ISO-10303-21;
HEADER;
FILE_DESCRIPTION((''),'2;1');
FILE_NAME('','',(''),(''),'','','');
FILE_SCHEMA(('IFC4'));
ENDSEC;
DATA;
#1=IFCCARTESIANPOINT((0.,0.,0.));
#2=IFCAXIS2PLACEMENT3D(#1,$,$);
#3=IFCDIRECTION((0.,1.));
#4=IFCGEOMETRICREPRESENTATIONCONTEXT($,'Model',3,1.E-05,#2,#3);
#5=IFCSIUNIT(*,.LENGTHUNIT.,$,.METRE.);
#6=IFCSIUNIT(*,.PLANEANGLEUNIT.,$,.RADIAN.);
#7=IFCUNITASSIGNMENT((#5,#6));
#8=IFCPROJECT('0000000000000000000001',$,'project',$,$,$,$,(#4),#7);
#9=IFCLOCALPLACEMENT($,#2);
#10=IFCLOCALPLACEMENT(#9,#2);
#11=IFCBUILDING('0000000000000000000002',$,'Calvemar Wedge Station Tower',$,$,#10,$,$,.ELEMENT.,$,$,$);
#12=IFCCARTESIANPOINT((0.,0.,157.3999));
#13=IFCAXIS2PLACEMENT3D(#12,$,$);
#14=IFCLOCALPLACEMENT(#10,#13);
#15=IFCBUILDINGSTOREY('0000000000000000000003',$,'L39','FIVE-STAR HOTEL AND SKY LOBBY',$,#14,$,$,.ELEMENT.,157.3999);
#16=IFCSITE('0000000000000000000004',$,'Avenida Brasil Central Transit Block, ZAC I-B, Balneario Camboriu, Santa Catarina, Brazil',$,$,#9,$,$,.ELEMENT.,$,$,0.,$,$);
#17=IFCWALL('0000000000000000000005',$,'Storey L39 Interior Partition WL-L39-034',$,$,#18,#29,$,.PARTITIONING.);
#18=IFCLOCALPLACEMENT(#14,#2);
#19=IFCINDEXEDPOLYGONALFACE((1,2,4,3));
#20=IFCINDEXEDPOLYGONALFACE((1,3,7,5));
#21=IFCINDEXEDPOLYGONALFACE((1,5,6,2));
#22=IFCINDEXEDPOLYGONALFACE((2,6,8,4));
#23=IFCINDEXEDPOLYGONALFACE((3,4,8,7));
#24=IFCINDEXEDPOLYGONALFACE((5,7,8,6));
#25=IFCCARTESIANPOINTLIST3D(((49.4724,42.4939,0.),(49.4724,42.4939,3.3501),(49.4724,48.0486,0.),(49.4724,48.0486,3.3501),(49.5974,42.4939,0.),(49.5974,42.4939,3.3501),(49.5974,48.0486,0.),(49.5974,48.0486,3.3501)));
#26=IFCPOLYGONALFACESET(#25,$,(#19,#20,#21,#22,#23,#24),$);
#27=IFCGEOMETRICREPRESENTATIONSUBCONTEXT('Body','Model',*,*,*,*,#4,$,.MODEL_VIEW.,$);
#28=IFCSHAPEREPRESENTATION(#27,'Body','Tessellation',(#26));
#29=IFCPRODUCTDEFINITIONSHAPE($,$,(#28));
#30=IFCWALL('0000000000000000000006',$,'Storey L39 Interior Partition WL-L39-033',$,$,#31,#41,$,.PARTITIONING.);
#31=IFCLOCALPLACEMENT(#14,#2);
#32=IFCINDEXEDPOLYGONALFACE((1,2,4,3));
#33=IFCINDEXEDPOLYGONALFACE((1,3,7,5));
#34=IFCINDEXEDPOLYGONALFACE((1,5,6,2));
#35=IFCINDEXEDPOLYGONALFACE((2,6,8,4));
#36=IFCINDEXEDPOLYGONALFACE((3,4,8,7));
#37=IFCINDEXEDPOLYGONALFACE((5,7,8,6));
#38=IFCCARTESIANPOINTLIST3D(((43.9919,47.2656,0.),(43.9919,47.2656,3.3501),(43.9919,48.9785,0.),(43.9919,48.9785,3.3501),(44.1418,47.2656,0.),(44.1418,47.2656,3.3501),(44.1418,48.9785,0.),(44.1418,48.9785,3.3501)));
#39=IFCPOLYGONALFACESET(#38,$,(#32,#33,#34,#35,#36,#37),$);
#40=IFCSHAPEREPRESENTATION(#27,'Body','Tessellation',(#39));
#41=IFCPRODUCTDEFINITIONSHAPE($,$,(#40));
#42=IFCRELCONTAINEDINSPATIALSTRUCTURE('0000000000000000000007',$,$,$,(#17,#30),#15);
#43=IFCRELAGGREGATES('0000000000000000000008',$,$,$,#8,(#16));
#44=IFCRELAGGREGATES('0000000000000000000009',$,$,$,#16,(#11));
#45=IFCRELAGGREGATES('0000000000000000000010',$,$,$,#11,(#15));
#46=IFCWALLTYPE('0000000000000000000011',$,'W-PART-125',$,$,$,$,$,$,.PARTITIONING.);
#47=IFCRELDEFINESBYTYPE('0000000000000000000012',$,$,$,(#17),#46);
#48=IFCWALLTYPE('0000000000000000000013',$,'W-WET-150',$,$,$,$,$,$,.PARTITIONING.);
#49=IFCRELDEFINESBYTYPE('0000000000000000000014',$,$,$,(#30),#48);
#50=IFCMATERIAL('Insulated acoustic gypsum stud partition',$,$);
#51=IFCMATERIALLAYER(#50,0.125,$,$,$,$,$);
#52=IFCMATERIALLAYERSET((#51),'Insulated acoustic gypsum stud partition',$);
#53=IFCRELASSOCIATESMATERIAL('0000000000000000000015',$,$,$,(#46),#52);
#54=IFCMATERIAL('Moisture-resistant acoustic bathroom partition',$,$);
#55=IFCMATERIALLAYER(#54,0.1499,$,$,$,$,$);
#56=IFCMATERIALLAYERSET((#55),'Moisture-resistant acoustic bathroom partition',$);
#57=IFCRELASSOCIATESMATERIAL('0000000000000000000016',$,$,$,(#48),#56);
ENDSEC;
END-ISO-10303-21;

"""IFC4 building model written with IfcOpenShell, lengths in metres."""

from ifc_helpers import new_model, si_unit, direction, frame, frame_2d, origin, place, context, subcontext, project, spatial, rectangle, extrude, material, layer, layer_set, type_object, element, save


model = new_model("IFC4")

# Units and contexts
model_context = context("Model", 3, precision=1e-05, world=origin(), true_north=direction((0.0, 1.0)))
body_context = subcontext(model_context, "Body", "Model", "MODEL_VIEW")
ifc_project = project(units=[si_unit("LENGTHUNIT", "METRE"), si_unit("PLANEANGLEUNIT", "RADIAN")], contexts=[model_context])

# Site, building, storey
site_placement = place(None, origin())
site = spatial("IfcSite", under=ifc_project, at=site_placement, Name="Avenida Brasil Central Transit Block, ZAC I-B, Balneario Camboriu, Santa Catarina, Brazil", CompositionType="ELEMENT", RefElevation=0.0)
building_placement = place(site_placement, origin())
building = spatial("IfcBuilding", under=site, at=building_placement, Name="Calvemar Wedge Station Tower", CompositionType="ELEMENT")
storey_placement = place(building_placement, frame((0.0, 0.0, 157.3999)))
storey = spatial("IfcBuildingStorey", under=building, at=storey_placement, Name="L39", Description="FIVE-STAR HOTEL AND SKY LOBBY", CompositionType="ELEMENT", Elevation=157.3999)

# Wall
ifc_material_1 = material(Name="Insulated acoustic gypsum stud partition")
ifc_layer_1 = layer(ifc_material_1, 0.125)
ifc_layer_set_1 = layer_set([ifc_layer_1], Name="Insulated acoustic gypsum stud partition")
wall_type_1 = type_object("IfcWallType", Name="W-PART-125", PredefinedType="PARTITIONING", material=ifc_layer_set_1)
wall_1_placement = place(storey_placement, frame((49.5349, 48.0486, 0.0), z_axis=(0.0, 0.0, 1.0), x_axis=(0.0, -1.0, 0.0)))
element("IfcWall", 1, at=wall_1_placement, inside=storey, type_object=wall_type_1, Name="Storey L39 Interior Partition WL-L39-034", PredefinedType="PARTITIONING", context=body_context, shape_type="SweptSolid", body=[
    extrude(rectangle(XDim=5.5547, YDim=0.125, at=frame_2d((2.7773, 0.0))), origin(), (0.0, 0.0, 1.0), 3.3501),
])

# Shared definitions
ifc_material_2 = material(Name="Moisture-resistant acoustic bathroom partition")
ifc_layer_2 = layer(ifc_material_2, 0.1499)
ifc_layer_set_2 = layer_set([ifc_layer_2], Name="Moisture-resistant acoustic bathroom partition")
wall_type_2 = type_object("IfcWallType", Name="W-WET-150", PredefinedType="PARTITIONING", material=ifc_layer_set_2)

# Wall
wall_2_placement = place(storey_placement, frame((44.0669, 48.9785, 0.0), z_axis=(0.0, 0.0, 1.0), x_axis=(0.0, -1.0, 0.0)))
element("IfcWall", 2, at=wall_2_placement, inside=storey, type_object=wall_type_2, Name="Storey L39 Interior Partition WL-L39-033", PredefinedType="PARTITIONING", context=body_context, shape_type="SweptSolid", body=[
    extrude(rectangle(XDim=1.7129, YDim=0.1499, at=frame_2d((0.8564, 0.0))), origin(), (0.0, 0.0, 1.0), 3.3501),
])

save(model, "model.ifc")
